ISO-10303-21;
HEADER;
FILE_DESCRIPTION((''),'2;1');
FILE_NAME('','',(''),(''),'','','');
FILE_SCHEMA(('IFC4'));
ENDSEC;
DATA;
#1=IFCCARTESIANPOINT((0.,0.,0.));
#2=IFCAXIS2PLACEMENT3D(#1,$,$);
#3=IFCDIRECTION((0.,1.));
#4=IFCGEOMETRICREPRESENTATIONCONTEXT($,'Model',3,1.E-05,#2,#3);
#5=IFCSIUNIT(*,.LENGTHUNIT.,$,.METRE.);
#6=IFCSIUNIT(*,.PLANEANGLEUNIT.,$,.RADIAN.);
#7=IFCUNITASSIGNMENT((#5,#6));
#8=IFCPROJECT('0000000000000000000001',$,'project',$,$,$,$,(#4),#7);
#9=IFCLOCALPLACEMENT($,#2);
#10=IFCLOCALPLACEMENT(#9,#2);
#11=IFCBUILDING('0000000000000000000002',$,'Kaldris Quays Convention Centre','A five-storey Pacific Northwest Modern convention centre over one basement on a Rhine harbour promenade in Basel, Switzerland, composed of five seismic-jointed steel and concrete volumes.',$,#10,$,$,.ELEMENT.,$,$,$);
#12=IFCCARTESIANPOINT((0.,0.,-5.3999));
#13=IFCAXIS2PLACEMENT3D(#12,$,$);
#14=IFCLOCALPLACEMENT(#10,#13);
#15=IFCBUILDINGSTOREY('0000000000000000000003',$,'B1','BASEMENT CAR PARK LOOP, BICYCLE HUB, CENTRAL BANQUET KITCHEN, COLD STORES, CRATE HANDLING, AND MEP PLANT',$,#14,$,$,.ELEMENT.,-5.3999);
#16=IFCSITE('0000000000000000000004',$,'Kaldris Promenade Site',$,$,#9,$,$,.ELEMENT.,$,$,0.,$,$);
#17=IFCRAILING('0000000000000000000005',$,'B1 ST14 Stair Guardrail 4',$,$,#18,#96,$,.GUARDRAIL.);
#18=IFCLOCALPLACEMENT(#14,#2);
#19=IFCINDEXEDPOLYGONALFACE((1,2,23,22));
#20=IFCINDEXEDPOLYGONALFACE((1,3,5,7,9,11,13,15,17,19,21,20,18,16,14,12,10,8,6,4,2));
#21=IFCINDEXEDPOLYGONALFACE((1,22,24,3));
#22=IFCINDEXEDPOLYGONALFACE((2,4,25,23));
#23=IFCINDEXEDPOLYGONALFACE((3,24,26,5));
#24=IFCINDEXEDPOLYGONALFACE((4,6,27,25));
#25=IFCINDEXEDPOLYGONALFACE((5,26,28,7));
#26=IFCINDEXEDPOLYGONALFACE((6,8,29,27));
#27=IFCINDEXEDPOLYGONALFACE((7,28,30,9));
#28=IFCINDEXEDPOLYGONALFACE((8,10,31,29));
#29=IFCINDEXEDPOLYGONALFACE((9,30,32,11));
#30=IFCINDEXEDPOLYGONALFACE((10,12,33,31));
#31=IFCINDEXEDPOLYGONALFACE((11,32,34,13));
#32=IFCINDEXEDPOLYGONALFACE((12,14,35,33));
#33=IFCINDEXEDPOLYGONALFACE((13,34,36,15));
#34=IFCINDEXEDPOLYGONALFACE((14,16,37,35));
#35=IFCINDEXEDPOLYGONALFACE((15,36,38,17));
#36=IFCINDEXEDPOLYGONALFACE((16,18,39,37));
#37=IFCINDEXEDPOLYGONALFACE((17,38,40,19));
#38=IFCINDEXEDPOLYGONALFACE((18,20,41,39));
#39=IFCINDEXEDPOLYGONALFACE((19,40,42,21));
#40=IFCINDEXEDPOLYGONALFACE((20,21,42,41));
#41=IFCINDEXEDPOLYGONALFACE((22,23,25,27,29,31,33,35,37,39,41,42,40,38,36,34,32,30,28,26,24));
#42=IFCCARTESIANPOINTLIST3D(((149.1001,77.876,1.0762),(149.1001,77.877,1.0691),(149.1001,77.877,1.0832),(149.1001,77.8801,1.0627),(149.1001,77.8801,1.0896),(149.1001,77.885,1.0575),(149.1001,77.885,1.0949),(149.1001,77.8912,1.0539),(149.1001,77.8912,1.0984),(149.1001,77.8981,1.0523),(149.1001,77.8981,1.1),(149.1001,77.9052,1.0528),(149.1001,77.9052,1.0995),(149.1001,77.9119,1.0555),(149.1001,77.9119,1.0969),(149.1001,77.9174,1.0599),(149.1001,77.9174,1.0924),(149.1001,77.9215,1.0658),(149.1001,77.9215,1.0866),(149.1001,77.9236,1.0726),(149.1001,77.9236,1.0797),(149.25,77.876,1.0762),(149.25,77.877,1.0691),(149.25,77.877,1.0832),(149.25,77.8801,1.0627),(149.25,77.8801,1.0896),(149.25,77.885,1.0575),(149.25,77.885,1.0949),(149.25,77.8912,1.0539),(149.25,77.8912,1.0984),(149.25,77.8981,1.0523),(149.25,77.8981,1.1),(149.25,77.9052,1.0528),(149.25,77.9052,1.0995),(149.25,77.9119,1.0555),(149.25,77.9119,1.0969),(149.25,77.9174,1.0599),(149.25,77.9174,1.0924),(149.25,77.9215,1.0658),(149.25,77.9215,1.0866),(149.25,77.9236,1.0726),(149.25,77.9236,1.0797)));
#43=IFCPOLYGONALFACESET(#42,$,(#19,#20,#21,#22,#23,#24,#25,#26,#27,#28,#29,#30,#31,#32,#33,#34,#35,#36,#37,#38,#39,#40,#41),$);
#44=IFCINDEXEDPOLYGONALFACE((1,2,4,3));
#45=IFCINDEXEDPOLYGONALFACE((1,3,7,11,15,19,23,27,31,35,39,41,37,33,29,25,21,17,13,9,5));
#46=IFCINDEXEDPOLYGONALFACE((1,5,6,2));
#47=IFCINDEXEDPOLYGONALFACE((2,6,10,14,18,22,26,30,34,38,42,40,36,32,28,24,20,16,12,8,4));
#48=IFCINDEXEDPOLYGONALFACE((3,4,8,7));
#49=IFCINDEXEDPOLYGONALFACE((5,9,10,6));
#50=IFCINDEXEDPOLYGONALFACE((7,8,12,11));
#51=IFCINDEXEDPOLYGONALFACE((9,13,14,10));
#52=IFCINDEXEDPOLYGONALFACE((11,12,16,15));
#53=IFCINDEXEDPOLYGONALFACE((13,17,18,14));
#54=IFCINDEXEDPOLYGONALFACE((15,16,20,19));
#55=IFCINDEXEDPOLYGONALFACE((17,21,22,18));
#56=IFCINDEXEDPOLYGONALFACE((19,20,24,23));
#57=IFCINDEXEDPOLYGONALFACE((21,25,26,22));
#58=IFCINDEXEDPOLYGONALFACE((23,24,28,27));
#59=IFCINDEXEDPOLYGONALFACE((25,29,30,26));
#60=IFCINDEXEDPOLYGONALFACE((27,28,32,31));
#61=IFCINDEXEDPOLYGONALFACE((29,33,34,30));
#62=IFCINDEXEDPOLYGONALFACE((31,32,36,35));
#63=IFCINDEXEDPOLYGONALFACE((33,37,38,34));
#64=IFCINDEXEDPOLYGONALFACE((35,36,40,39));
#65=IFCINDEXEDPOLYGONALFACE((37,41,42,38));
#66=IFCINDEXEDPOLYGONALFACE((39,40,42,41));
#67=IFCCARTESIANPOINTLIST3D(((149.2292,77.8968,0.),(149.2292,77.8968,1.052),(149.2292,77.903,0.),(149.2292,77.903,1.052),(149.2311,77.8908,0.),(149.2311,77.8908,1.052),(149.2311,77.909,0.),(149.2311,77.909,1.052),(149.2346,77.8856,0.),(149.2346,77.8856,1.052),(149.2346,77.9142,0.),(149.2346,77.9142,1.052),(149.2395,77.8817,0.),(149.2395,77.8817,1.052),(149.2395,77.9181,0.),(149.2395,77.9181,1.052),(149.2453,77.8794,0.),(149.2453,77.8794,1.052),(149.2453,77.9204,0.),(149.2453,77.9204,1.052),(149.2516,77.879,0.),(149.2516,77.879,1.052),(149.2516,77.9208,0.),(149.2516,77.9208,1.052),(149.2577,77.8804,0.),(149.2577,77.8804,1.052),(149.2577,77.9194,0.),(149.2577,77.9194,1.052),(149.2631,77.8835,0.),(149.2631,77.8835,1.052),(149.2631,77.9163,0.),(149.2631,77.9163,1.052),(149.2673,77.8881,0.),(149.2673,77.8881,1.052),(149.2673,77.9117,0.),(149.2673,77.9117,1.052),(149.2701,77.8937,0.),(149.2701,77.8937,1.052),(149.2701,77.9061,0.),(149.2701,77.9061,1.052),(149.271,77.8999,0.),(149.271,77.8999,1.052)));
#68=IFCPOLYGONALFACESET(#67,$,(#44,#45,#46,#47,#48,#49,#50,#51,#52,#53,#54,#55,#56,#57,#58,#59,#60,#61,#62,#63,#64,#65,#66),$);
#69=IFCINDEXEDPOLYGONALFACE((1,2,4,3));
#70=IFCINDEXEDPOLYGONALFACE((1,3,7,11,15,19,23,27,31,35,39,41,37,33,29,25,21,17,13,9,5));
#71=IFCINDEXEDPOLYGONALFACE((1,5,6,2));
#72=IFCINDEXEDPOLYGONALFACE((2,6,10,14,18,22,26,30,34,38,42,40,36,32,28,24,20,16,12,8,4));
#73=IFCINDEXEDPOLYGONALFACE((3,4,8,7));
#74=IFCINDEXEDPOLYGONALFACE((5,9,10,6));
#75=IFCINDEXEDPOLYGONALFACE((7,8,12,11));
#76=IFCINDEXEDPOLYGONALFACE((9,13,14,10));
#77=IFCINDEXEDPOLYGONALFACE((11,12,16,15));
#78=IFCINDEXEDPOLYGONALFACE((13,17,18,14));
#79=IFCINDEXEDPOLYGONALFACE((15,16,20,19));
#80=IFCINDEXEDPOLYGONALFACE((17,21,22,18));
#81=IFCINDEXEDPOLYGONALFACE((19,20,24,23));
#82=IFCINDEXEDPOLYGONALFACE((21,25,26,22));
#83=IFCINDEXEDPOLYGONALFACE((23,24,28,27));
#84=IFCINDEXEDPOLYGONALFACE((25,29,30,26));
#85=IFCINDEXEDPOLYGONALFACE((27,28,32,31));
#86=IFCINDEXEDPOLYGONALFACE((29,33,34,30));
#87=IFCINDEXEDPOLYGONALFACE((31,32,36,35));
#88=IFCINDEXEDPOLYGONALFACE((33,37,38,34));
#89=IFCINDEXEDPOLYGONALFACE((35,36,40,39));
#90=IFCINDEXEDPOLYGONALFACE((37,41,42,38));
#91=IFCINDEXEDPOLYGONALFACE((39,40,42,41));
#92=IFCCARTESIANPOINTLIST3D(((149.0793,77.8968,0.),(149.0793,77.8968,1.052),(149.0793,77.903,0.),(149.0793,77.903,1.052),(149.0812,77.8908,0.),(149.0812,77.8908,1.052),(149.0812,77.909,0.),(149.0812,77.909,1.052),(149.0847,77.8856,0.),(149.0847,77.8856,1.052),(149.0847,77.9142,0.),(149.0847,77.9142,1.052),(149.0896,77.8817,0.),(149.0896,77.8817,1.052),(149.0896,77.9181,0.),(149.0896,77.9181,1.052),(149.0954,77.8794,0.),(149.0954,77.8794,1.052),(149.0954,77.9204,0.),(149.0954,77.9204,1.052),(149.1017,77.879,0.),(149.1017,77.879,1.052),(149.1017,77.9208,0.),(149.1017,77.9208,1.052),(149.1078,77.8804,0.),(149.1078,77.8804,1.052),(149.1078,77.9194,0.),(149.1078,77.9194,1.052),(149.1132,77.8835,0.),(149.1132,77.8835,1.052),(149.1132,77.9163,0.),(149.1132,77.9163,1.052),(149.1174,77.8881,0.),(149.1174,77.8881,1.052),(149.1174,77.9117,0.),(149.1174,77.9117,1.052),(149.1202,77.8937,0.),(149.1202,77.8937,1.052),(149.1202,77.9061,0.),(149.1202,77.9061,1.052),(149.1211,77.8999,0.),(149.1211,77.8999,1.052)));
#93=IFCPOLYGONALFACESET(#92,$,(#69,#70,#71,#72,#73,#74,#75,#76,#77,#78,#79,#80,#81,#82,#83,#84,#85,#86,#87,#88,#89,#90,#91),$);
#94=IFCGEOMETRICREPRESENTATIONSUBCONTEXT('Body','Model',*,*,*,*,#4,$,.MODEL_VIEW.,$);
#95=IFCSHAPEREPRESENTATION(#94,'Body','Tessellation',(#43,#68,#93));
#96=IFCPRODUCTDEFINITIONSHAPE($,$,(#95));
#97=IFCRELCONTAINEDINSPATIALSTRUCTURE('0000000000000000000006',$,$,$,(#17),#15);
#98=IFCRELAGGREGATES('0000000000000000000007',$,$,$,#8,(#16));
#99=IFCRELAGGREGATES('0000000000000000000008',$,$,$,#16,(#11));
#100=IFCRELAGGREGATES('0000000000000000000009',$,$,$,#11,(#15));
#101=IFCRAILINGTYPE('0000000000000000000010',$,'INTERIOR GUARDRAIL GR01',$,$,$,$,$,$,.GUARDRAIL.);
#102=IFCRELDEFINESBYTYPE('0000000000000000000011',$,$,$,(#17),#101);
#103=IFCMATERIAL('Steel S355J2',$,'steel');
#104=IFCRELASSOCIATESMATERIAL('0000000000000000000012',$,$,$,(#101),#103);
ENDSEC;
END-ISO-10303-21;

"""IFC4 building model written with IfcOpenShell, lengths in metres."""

from ifc_helpers import new_model, si_unit, direction, frame, origin, origin_2d, place, context, subcontext, project, spatial, circle, extrude, material, type_object, element, save


model = new_model("IFC4")

# Units and contexts
model_context = context("Model", 3, precision=1e-05, world=origin(), true_north=direction((0.0, 1.0)))
body_context = subcontext(model_context, "Body", "Model", "MODEL_VIEW")
ifc_project = project(units=[si_unit("LENGTHUNIT", "METRE"), si_unit("PLANEANGLEUNIT", "RADIAN")], contexts=[model_context])

# Site, building, storey
site_placement = place(None, origin())
site = spatial("IfcSite", under=ifc_project, at=site_placement, Name="Kaldris Promenade Site", CompositionType="ELEMENT", RefElevation=0.0)
building_placement = place(site_placement, origin())
building = spatial("IfcBuilding", under=site, at=building_placement, Name="Kaldris Quays Convention Centre", Description="A five-storey Pacific Northwest Modern convention centre over one basement on a Rhine harbour promenade in Basel, Switzerland, composed of five seismic-jointed steel and concrete volumes.", CompositionType="ELEMENT")
storey_placement = place(building_placement, frame((0.0, 0.0, -5.3999)))
storey = spatial("IfcBuildingStorey", under=building, at=storey_placement, Name="B1", Description="BASEMENT CAR PARK LOOP, BICYCLE HUB, CENTRAL BANQUET KITCHEN, COLD STORES, CRATE HANDLING, AND MEP PLANT", CompositionType="ELEMENT", Elevation=-5.3999)

# Shared definitions
ifc_material_1 = material(Name="Steel S355J2", Category="steel")

# Railing
railing_type_1 = type_object("IfcRailingType", Name="INTERIOR GUARDRAIL GR01", PredefinedType="GUARDRAIL", material=ifc_material_1)
railing_1_placement = place(storey_placement, frame((149.25, 77.8999, 0.0)))
element("IfcRailing", 1, at=railing_1_placement, inside=storey, type_object=railing_type_1, Name="B1 ST14 Stair Guardrail 4", PredefinedType="GUARDRAIL", context=body_context, shape_type="SweptSolid", body=[
    extrude(circle(Radius=0.0239, at=origin_2d()), frame((0.0, 0.0, 1.0762), z_axis=(-1.0, 0.0, 0.0), x_axis=(0.0, -1.0, 0.0)), (0.0, 0.0, 1.0), 0.1499),
    extrude(circle(Radius=0.021, at=origin_2d()), origin(), (0.0, 0.0, 1.0), 1.052),
    extrude(circle(Radius=0.021, at=origin_2d()), frame((-0.1499, 0.0, 0.0)), (0.0, 0.0, 1.0), 1.052),
])

save(model, "model.ifc")
